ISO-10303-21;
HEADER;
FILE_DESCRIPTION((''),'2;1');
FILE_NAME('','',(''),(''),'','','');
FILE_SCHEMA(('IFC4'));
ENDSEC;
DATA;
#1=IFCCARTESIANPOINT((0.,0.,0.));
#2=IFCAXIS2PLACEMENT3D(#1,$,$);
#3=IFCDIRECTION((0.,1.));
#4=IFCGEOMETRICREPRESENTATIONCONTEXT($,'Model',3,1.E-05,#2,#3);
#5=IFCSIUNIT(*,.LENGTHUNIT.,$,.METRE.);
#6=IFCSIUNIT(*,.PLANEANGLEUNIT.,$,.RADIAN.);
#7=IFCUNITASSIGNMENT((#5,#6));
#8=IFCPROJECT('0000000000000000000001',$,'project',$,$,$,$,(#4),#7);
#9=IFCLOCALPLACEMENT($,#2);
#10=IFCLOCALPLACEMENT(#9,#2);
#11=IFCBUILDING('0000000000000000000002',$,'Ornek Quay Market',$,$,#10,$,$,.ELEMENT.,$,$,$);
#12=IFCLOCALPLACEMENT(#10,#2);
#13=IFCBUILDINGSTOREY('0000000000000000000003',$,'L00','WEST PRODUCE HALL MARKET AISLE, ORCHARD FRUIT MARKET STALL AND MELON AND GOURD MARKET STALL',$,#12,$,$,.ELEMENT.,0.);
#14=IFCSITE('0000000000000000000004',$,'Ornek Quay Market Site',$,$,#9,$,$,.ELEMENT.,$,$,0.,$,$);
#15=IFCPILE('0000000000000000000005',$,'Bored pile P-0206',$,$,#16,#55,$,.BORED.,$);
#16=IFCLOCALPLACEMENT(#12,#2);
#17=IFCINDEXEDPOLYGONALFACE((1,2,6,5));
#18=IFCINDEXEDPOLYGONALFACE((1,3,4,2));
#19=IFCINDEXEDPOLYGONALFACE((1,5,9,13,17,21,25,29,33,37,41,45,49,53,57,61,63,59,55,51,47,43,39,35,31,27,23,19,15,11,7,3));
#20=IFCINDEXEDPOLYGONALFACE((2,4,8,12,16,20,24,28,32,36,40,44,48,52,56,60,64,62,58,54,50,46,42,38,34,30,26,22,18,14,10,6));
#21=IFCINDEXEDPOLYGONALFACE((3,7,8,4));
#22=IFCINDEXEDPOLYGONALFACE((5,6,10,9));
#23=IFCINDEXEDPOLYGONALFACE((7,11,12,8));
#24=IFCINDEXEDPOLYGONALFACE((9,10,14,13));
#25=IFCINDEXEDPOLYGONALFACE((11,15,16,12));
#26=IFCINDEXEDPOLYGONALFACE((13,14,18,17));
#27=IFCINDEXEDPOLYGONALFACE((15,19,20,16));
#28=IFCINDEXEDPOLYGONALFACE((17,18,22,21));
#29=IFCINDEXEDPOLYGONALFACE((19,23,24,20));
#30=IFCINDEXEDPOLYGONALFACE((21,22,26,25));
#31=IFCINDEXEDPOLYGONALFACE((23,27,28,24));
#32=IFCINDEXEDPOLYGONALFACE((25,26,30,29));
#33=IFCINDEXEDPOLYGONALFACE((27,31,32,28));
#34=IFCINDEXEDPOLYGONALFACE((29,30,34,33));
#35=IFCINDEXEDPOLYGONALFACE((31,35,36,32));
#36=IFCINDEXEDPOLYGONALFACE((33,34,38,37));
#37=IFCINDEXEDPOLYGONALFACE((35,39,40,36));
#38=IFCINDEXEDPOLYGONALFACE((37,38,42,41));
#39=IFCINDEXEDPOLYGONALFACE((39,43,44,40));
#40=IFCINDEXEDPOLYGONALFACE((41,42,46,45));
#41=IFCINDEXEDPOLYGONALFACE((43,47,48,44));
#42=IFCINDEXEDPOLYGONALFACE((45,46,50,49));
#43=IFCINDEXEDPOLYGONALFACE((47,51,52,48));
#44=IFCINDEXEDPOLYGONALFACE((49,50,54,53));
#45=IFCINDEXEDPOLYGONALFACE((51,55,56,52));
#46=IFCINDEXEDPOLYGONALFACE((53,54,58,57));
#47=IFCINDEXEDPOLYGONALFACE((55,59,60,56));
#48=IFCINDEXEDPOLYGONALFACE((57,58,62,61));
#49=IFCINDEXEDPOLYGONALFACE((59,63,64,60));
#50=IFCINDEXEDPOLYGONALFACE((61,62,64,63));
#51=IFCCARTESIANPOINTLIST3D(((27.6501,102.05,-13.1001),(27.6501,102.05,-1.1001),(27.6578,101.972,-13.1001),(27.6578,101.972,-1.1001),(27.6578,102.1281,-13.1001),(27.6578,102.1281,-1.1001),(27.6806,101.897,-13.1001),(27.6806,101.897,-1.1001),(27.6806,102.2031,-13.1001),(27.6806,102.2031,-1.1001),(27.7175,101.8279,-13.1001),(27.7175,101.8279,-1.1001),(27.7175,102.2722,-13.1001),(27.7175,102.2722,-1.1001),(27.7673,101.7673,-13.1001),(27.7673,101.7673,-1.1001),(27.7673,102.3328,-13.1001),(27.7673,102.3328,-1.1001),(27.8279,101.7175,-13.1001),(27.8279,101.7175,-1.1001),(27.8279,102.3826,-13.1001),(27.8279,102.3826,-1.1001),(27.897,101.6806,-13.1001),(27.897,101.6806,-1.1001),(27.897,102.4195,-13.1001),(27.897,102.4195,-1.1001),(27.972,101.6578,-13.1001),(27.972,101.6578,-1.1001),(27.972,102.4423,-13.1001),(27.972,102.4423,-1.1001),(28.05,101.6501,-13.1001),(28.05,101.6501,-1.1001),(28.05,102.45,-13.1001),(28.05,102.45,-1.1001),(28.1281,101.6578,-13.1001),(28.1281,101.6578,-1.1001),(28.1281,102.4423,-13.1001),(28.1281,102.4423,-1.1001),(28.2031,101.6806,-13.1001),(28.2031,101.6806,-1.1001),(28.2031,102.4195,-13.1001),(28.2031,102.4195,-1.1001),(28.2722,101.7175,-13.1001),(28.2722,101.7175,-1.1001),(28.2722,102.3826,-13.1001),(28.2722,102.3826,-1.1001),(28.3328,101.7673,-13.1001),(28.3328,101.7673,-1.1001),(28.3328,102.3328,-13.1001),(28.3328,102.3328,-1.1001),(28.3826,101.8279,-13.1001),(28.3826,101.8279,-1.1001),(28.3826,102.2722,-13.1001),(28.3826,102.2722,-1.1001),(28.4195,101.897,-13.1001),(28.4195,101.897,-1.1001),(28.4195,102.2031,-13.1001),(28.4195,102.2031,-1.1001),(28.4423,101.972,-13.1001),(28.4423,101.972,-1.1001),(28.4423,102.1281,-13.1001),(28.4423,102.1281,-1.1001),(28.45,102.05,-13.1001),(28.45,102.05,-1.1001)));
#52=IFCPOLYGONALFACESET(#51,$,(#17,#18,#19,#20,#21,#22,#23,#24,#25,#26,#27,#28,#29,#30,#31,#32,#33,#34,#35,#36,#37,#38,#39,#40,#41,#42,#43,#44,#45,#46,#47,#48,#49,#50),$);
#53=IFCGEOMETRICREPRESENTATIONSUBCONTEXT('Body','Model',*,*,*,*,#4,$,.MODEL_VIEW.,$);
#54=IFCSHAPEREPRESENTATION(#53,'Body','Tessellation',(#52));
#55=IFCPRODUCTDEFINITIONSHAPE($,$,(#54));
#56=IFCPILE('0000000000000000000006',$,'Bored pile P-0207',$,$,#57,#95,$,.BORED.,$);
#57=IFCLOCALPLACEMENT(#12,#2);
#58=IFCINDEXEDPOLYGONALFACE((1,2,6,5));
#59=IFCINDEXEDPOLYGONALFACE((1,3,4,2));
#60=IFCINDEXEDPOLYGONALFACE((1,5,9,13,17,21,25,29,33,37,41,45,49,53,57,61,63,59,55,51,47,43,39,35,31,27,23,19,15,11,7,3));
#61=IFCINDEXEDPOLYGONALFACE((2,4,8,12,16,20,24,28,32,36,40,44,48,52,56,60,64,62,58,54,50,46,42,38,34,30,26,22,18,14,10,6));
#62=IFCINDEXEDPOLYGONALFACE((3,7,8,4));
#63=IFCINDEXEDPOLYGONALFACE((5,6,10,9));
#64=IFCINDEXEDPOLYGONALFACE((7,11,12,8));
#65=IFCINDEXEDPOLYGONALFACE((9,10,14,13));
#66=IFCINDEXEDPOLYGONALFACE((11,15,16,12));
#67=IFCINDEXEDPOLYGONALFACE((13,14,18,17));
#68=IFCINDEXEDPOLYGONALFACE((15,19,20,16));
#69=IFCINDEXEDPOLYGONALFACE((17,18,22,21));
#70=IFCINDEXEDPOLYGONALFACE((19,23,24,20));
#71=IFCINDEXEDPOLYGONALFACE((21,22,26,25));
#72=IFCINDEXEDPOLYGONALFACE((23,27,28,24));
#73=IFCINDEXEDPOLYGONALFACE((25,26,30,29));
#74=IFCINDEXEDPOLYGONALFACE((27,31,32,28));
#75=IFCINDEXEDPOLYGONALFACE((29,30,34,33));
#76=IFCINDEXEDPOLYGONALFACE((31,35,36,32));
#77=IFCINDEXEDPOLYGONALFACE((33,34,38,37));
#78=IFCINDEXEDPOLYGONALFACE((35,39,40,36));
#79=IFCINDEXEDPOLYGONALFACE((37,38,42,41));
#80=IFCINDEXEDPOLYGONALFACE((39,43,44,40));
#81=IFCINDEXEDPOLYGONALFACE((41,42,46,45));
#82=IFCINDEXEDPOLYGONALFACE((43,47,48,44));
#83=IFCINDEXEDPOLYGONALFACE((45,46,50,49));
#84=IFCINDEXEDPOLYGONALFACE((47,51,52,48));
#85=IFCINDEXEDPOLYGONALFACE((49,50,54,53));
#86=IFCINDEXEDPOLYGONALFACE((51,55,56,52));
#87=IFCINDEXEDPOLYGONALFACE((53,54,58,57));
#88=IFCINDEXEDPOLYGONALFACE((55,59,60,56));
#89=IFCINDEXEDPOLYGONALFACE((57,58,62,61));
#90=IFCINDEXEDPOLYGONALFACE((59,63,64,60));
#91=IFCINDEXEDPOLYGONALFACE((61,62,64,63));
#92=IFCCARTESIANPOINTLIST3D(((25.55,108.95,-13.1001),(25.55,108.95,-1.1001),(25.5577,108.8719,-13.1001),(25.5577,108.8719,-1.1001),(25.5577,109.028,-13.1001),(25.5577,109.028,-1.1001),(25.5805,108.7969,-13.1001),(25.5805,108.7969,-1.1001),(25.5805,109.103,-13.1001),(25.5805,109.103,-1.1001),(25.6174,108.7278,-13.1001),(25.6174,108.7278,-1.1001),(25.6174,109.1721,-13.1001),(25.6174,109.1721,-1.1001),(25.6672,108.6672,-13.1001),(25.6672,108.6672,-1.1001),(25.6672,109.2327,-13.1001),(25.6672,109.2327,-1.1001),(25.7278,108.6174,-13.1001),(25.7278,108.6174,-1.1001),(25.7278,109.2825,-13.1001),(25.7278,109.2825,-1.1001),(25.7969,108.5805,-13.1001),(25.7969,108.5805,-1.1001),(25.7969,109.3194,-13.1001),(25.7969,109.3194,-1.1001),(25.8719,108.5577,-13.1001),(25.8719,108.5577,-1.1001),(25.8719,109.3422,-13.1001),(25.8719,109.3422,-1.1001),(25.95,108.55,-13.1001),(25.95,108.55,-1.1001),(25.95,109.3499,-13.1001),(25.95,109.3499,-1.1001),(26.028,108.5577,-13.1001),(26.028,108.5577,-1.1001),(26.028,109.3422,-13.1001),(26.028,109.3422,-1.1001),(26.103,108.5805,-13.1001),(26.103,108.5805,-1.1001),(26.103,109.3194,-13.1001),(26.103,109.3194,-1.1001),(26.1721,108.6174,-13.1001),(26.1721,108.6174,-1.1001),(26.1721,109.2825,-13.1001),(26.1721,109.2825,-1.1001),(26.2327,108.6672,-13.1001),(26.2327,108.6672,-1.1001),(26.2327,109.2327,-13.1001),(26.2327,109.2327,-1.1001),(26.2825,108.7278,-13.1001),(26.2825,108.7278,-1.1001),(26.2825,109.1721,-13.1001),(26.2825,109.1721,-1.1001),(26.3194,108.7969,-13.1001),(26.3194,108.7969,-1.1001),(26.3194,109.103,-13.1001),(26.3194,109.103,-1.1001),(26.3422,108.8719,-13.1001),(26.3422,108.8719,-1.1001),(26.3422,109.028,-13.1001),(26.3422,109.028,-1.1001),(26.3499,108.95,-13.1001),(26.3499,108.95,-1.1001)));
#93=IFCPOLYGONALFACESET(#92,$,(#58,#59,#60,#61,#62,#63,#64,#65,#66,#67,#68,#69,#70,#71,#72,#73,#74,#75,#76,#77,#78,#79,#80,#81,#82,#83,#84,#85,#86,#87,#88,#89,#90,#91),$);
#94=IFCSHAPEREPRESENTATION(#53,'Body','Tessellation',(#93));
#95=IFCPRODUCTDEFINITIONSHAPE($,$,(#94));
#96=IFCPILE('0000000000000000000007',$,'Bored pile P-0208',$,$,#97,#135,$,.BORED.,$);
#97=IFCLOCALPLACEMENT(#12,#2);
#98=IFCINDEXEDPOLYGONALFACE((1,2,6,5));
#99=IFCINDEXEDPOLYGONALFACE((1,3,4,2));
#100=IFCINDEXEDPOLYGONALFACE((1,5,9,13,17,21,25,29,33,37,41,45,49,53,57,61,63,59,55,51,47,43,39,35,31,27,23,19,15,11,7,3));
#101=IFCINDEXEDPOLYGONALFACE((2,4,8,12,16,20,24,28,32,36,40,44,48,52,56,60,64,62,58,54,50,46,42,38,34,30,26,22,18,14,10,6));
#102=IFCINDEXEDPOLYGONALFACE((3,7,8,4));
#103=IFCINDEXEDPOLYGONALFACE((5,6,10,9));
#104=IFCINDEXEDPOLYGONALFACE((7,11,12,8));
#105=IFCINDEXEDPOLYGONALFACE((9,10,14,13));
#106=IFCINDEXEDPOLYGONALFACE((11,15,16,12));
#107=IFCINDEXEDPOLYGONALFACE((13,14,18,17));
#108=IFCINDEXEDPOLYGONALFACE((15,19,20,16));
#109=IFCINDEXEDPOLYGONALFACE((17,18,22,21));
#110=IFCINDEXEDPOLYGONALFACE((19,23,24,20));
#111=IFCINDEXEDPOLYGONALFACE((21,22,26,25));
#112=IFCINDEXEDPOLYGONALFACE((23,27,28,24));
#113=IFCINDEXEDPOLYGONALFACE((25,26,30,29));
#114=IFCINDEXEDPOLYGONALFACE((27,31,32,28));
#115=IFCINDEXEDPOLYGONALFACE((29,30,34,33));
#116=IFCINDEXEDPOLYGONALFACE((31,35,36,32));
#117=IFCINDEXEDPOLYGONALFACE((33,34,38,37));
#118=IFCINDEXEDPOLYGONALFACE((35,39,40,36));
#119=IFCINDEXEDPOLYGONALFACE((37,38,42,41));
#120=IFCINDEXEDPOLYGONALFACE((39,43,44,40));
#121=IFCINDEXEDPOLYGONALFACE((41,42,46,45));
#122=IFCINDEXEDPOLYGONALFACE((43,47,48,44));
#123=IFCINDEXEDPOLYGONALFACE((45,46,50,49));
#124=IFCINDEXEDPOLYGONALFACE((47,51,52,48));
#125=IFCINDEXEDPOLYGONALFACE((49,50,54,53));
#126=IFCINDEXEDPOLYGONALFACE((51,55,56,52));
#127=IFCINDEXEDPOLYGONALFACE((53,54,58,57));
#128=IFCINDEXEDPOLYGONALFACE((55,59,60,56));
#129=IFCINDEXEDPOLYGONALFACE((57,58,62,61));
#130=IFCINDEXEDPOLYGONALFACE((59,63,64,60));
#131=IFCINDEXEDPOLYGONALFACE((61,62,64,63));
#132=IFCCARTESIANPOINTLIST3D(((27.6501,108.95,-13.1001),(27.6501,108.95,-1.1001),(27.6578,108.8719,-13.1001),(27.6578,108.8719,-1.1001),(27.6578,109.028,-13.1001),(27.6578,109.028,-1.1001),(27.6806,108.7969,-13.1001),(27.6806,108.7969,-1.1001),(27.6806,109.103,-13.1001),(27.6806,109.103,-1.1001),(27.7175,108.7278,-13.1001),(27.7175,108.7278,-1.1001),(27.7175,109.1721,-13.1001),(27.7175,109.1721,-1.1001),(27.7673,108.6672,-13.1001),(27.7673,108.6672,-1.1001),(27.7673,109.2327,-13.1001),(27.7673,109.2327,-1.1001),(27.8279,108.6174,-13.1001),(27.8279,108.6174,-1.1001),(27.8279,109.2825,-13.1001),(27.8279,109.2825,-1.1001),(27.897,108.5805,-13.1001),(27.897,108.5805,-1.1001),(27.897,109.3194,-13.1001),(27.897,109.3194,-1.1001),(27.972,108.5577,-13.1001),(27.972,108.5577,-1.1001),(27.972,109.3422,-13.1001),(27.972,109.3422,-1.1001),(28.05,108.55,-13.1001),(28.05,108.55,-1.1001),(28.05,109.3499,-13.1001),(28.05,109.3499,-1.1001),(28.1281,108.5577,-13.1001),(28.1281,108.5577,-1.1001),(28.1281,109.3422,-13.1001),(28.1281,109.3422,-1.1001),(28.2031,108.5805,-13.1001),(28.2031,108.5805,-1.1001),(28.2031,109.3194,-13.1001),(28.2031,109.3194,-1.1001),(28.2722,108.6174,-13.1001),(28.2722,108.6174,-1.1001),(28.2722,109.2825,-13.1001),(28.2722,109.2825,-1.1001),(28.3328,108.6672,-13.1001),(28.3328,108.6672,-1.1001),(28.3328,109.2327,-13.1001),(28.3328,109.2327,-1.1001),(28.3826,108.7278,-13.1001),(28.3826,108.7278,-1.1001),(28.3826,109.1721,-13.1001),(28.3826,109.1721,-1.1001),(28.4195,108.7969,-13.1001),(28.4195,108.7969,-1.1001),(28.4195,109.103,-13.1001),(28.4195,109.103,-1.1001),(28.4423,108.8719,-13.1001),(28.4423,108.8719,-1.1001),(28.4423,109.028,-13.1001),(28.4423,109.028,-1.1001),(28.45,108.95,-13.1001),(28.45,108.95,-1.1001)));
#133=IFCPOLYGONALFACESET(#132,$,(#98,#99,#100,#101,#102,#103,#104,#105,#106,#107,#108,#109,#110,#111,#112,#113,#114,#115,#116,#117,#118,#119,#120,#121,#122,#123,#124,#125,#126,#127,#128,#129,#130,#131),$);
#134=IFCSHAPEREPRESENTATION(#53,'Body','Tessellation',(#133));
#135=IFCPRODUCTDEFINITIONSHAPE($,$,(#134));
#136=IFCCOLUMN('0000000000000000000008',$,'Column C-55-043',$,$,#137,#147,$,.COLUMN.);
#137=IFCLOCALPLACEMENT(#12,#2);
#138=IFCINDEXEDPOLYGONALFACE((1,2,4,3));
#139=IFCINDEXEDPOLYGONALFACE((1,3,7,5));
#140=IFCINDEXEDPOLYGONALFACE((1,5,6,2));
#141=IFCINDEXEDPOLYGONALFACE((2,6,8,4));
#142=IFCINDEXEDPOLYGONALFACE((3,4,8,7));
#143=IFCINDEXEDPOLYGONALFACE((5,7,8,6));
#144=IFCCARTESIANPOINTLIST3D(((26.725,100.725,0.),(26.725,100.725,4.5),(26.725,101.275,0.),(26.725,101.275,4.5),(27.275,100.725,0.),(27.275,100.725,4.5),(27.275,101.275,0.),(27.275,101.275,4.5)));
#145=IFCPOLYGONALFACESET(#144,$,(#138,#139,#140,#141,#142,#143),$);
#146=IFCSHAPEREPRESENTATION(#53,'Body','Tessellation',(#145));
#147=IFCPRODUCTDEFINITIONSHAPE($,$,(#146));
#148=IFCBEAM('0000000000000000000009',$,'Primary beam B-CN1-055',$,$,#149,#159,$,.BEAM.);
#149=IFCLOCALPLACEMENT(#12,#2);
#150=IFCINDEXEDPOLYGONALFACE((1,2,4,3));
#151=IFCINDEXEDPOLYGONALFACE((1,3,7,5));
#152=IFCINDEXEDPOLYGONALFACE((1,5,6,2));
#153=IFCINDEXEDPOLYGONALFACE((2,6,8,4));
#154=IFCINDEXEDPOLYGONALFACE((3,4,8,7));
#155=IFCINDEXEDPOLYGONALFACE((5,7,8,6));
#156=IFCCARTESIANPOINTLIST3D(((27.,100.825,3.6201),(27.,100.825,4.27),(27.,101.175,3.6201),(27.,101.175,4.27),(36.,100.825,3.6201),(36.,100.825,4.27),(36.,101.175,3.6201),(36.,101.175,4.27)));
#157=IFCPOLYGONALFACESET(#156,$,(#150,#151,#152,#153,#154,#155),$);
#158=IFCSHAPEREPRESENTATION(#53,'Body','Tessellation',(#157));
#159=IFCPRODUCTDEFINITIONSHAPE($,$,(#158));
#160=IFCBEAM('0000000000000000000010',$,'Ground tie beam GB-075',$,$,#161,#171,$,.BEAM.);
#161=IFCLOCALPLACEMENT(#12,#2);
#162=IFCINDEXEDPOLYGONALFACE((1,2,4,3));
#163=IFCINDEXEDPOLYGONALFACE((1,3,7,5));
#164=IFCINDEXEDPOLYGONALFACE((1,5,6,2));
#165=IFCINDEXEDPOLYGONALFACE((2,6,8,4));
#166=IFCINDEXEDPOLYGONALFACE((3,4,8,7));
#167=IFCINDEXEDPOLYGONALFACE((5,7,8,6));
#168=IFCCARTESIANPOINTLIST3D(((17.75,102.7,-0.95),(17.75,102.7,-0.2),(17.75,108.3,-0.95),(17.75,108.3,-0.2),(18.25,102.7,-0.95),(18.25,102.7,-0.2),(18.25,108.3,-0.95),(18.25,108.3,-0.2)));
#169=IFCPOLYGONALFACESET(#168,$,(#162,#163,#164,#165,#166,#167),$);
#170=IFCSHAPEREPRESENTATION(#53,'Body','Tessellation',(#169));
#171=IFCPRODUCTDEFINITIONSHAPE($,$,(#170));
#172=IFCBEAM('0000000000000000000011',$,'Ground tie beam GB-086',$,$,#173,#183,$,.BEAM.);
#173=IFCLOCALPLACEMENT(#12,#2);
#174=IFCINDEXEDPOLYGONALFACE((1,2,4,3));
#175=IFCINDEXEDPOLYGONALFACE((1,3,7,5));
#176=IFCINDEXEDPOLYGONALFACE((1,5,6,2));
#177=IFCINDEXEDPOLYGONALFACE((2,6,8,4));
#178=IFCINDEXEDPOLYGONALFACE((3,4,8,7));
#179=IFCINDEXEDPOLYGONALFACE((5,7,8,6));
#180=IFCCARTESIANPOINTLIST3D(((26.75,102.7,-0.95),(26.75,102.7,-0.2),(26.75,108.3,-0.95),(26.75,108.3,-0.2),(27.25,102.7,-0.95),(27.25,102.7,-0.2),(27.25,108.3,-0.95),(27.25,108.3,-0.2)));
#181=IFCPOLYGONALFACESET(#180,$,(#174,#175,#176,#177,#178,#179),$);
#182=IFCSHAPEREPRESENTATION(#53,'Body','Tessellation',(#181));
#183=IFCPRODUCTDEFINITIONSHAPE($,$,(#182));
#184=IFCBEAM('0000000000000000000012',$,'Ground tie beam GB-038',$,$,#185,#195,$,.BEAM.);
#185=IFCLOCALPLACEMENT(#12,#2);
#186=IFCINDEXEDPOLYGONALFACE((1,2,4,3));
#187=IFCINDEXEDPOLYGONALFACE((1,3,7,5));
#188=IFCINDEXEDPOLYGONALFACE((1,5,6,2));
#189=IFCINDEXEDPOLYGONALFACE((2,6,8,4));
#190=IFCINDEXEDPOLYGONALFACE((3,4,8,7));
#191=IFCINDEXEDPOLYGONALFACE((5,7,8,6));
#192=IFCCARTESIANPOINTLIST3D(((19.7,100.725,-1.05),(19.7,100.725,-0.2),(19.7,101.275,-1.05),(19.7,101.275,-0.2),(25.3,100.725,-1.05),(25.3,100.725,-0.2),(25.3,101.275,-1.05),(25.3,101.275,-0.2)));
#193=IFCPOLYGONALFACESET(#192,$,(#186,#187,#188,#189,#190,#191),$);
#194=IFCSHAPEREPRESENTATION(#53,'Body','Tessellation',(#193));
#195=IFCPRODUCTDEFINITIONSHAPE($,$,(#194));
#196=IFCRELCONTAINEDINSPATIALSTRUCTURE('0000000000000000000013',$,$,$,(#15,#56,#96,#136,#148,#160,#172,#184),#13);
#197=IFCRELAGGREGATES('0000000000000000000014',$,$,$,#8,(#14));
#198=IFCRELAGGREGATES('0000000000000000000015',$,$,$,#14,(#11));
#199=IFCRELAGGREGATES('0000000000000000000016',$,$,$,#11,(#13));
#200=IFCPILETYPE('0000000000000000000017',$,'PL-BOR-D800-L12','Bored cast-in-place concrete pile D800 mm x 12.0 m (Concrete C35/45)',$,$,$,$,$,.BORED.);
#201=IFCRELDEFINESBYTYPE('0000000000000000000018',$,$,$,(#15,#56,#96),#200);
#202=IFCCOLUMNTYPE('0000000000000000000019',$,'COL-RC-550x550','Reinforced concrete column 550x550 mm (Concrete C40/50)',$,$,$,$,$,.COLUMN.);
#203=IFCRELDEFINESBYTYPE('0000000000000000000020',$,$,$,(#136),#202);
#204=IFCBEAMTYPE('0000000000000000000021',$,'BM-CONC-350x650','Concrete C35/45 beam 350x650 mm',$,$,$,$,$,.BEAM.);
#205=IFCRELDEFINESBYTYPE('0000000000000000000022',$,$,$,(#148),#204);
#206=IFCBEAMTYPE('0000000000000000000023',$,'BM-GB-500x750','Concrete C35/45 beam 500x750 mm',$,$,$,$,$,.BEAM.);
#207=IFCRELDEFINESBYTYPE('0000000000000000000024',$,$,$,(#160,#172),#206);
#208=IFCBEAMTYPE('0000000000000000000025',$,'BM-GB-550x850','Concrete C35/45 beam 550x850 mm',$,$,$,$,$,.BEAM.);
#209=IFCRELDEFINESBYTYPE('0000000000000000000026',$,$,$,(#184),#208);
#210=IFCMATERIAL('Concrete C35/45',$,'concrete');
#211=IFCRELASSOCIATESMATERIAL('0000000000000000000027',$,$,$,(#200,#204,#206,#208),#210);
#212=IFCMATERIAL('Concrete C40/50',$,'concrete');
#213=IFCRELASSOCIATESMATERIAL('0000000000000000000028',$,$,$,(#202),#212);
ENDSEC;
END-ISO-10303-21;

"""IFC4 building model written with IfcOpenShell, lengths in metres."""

from ifc_helpers import new_model, si_unit, direction, frame, origin, origin_2d, place, context, subcontext, project, spatial, rectangle, circle, extrude, material, material_profile, profile_set, type_object, element, save


model = new_model("IFC4")

# Units and contexts
model_context = context("Model", 3, precision=1e-05, world=origin(), true_north=direction((0.0, 1.0)))
body_context = subcontext(model_context, "Body", "Model", "MODEL_VIEW")
ifc_project = project(units=[si_unit("LENGTHUNIT", "METRE"), si_unit("PLANEANGLEUNIT", "RADIAN")], contexts=[model_context])

# Site, building, storey
site_placement = place(None, origin())
site = spatial("IfcSite", under=ifc_project, at=site_placement, Name="Ornek Quay Market Site", CompositionType="ELEMENT", RefElevation=0.0)
building_placement = place(site_placement, origin())
building = spatial("IfcBuilding", under=site, at=building_placement, Name="Ornek Quay Market", CompositionType="ELEMENT")
storey_placement = place(building_placement, origin())
storey = spatial("IfcBuildingStorey", under=building, at=storey_placement, Name="L00", Description="WEST PRODUCE HALL MARKET AISLE, ORCHARD FRUIT MARKET STALL AND MELON AND GOURD MARKET STALL", CompositionType="ELEMENT", Elevation=0.0)

# Piles
ifc_material_1 = material(Name="Concrete C35/45", Category="concrete")
ifc_material_profile_1 = material_profile(ifc_material_1, circle(Radius=0.3999, at=origin_2d()), Name="PILE D800", Category="concrete")
ifc_profile_set_1 = profile_set([ifc_material_profile_1], Name="Concrete C35/45")
pile_type = type_object("IfcPileType", Name="PL-BOR-D800-L12", Description="Bored cast-in-place concrete pile D800 mm x 12.0 m (Concrete C35/45)", PredefinedType="BORED", material=ifc_profile_set_1)
for number, where, z_axis, x_axis, name in (
    (1, (28.05, 102.05, -1.1001), (0.0, 0.0, -1.0), (1.0, 0.0, 0.0), "Bored pile P-0206"),
    (2, (25.95, 108.95, -1.1001), (0.0, 0.0, -1.0), (1.0, 0.0, 0.0), "Bored pile P-0207"),
    (3, (28.05, 108.95, -1.1001), (0.0, 0.0, -1.0), (1.0, 0.0, 0.0), "Bored pile P-0208"),
):
    element("IfcPile", number, at=place(storey_placement, frame(where, z_axis=z_axis, x_axis=x_axis)), inside=storey, type_object=pile_type, Name=name, PredefinedType="BORED", context=body_context, shape_type="SweptSolid", body=[
        extrude(circle(Radius=0.3999, at=origin_2d()), origin(), (0.0, 0.0, 1.0), 12.0),
    ])

# Column
ifc_material_2 = material(Name="Concrete C40/50", Category="concrete")
ifc_material_profile_2 = material_profile(ifc_material_2, rectangle(XDim=0.55, YDim=0.55, at=origin_2d()), Name="RC 550x550", Category="concrete")
ifc_profile_set_2 = profile_set([ifc_material_profile_2], Name="Concrete C40/50")
column_type = type_object("IfcColumnType", Name="COL-RC-550x550", Description="Reinforced concrete column 550x550 mm (Concrete C40/50)", PredefinedType="COLUMN", material=ifc_profile_set_2)
column_placement = place(storey_placement, frame((27.0, 101.0, 0.0), z_axis=(0.0, 0.0, 1.0), x_axis=(1.0, 0.0, 0.0)))
element("IfcColumn", 4, at=column_placement, inside=storey, type_object=column_type, Name="Column C-55-043", PredefinedType="COLUMN", context=body_context, shape_type="SweptSolid", body=[
    extrude(rectangle(XDim=0.55, YDim=0.55, at=origin_2d()), origin(), (0.0, 0.0, 1.0), 4.5),
])

# Beams
ifc_material_profile_3 = material_profile(ifc_material_1, rectangle(XDim=0.3501, YDim=0.6499, at=origin_2d()), Name="RC 350x650", Category="concrete")
ifc_profile_set_3 = profile_set([ifc_material_profile_3], Name="Concrete C35/45")
beam_type_1 = type_object("IfcBeamType", Name="BM-CONC-350x650", Description="Concrete C35/45 beam 350x650 mm", PredefinedType="BEAM", material=ifc_profile_set_3)
beam_1_placement = place(storey_placement, frame((27.0, 101.0, 3.9451), z_axis=(1.0, 0.0, 0.0), x_axis=(0.0, 1.0, 0.0)))
element("IfcBeam", 5, at=beam_1_placement, inside=storey, type_object=beam_type_1, Name="Primary beam B-CN1-055", PredefinedType="BEAM", context=body_context, shape_type="SweptSolid", body=[
    extrude(rectangle(XDim=0.3501, YDim=0.6499, at=origin_2d()), origin(), (0.0, 0.0, 1.0), 9.0),
])
ifc_material_profile_4 = material_profile(ifc_material_1, rectangle(XDim=0.5, YDim=0.75, at=origin_2d()), Name="RC 500x750", Category="concrete")
ifc_profile_set_4 = profile_set([ifc_material_profile_4], Name="Concrete C35/45")
beam_type_2 = type_object("IfcBeamType", Name="BM-GB-500x750", Description="Concrete C35/45 beam 500x750 mm", PredefinedType="BEAM", material=ifc_profile_set_4)
for number, where, z_axis, x_axis, name in (
    (6, (18.0, 102.7, -0.575), (0.0, 1.0, 0.0), (-1.0, 0.0, 0.0), "Ground tie beam GB-075"),
    (7, (27.0, 102.7, -0.575), (0.0, 1.0, 0.0), (-1.0, 0.0, 0.0), "Ground tie beam GB-086"),
):
    element("IfcBeam", number, at=place(storey_placement, frame(where, z_axis=z_axis, x_axis=x_axis)), inside=storey, type_object=beam_type_2, Name=name, PredefinedType="BEAM", context=body_context, shape_type="SweptSolid", body=[
        extrude(rectangle(XDim=0.5, YDim=0.75, at=origin_2d()), origin(), (0.0, 0.0, 1.0), 5.6001),
    ])
ifc_material_profile_5 = material_profile(ifc_material_1, rectangle(XDim=0.55, YDim=0.8501, at=origin_2d()), Name="RC 550x850", Category="concrete")
ifc_profile_set_5 = profile_set([ifc_material_profile_5], Name="Concrete C35/45")
beam_type_3 = type_object("IfcBeamType", Name="BM-GB-550x850", Description="Concrete C35/45 beam 550x850 mm", PredefinedType="BEAM", material=ifc_profile_set_5)
for number, where, z_axis, x_axis, name in (
    (8, (19.7, 101.0, -0.625), (1.0, 0.0, 0.0), (0.0, 1.0, 0.0), "Ground tie beam GB-038"),
):
    element("IfcBeam", number, at=place(storey_placement, frame(where, z_axis=z_axis, x_axis=x_axis)), inside=storey, type_object=beam_type_3, Name=name, PredefinedType="BEAM", context=body_context, shape_type="SweptSolid", body=[
        extrude(rectangle(XDim=0.55, YDim=0.8501, at=origin_2d()), origin(), (0.0, 0.0, 1.0), 5.6001),
    ])

save(model, "model.ifc")
